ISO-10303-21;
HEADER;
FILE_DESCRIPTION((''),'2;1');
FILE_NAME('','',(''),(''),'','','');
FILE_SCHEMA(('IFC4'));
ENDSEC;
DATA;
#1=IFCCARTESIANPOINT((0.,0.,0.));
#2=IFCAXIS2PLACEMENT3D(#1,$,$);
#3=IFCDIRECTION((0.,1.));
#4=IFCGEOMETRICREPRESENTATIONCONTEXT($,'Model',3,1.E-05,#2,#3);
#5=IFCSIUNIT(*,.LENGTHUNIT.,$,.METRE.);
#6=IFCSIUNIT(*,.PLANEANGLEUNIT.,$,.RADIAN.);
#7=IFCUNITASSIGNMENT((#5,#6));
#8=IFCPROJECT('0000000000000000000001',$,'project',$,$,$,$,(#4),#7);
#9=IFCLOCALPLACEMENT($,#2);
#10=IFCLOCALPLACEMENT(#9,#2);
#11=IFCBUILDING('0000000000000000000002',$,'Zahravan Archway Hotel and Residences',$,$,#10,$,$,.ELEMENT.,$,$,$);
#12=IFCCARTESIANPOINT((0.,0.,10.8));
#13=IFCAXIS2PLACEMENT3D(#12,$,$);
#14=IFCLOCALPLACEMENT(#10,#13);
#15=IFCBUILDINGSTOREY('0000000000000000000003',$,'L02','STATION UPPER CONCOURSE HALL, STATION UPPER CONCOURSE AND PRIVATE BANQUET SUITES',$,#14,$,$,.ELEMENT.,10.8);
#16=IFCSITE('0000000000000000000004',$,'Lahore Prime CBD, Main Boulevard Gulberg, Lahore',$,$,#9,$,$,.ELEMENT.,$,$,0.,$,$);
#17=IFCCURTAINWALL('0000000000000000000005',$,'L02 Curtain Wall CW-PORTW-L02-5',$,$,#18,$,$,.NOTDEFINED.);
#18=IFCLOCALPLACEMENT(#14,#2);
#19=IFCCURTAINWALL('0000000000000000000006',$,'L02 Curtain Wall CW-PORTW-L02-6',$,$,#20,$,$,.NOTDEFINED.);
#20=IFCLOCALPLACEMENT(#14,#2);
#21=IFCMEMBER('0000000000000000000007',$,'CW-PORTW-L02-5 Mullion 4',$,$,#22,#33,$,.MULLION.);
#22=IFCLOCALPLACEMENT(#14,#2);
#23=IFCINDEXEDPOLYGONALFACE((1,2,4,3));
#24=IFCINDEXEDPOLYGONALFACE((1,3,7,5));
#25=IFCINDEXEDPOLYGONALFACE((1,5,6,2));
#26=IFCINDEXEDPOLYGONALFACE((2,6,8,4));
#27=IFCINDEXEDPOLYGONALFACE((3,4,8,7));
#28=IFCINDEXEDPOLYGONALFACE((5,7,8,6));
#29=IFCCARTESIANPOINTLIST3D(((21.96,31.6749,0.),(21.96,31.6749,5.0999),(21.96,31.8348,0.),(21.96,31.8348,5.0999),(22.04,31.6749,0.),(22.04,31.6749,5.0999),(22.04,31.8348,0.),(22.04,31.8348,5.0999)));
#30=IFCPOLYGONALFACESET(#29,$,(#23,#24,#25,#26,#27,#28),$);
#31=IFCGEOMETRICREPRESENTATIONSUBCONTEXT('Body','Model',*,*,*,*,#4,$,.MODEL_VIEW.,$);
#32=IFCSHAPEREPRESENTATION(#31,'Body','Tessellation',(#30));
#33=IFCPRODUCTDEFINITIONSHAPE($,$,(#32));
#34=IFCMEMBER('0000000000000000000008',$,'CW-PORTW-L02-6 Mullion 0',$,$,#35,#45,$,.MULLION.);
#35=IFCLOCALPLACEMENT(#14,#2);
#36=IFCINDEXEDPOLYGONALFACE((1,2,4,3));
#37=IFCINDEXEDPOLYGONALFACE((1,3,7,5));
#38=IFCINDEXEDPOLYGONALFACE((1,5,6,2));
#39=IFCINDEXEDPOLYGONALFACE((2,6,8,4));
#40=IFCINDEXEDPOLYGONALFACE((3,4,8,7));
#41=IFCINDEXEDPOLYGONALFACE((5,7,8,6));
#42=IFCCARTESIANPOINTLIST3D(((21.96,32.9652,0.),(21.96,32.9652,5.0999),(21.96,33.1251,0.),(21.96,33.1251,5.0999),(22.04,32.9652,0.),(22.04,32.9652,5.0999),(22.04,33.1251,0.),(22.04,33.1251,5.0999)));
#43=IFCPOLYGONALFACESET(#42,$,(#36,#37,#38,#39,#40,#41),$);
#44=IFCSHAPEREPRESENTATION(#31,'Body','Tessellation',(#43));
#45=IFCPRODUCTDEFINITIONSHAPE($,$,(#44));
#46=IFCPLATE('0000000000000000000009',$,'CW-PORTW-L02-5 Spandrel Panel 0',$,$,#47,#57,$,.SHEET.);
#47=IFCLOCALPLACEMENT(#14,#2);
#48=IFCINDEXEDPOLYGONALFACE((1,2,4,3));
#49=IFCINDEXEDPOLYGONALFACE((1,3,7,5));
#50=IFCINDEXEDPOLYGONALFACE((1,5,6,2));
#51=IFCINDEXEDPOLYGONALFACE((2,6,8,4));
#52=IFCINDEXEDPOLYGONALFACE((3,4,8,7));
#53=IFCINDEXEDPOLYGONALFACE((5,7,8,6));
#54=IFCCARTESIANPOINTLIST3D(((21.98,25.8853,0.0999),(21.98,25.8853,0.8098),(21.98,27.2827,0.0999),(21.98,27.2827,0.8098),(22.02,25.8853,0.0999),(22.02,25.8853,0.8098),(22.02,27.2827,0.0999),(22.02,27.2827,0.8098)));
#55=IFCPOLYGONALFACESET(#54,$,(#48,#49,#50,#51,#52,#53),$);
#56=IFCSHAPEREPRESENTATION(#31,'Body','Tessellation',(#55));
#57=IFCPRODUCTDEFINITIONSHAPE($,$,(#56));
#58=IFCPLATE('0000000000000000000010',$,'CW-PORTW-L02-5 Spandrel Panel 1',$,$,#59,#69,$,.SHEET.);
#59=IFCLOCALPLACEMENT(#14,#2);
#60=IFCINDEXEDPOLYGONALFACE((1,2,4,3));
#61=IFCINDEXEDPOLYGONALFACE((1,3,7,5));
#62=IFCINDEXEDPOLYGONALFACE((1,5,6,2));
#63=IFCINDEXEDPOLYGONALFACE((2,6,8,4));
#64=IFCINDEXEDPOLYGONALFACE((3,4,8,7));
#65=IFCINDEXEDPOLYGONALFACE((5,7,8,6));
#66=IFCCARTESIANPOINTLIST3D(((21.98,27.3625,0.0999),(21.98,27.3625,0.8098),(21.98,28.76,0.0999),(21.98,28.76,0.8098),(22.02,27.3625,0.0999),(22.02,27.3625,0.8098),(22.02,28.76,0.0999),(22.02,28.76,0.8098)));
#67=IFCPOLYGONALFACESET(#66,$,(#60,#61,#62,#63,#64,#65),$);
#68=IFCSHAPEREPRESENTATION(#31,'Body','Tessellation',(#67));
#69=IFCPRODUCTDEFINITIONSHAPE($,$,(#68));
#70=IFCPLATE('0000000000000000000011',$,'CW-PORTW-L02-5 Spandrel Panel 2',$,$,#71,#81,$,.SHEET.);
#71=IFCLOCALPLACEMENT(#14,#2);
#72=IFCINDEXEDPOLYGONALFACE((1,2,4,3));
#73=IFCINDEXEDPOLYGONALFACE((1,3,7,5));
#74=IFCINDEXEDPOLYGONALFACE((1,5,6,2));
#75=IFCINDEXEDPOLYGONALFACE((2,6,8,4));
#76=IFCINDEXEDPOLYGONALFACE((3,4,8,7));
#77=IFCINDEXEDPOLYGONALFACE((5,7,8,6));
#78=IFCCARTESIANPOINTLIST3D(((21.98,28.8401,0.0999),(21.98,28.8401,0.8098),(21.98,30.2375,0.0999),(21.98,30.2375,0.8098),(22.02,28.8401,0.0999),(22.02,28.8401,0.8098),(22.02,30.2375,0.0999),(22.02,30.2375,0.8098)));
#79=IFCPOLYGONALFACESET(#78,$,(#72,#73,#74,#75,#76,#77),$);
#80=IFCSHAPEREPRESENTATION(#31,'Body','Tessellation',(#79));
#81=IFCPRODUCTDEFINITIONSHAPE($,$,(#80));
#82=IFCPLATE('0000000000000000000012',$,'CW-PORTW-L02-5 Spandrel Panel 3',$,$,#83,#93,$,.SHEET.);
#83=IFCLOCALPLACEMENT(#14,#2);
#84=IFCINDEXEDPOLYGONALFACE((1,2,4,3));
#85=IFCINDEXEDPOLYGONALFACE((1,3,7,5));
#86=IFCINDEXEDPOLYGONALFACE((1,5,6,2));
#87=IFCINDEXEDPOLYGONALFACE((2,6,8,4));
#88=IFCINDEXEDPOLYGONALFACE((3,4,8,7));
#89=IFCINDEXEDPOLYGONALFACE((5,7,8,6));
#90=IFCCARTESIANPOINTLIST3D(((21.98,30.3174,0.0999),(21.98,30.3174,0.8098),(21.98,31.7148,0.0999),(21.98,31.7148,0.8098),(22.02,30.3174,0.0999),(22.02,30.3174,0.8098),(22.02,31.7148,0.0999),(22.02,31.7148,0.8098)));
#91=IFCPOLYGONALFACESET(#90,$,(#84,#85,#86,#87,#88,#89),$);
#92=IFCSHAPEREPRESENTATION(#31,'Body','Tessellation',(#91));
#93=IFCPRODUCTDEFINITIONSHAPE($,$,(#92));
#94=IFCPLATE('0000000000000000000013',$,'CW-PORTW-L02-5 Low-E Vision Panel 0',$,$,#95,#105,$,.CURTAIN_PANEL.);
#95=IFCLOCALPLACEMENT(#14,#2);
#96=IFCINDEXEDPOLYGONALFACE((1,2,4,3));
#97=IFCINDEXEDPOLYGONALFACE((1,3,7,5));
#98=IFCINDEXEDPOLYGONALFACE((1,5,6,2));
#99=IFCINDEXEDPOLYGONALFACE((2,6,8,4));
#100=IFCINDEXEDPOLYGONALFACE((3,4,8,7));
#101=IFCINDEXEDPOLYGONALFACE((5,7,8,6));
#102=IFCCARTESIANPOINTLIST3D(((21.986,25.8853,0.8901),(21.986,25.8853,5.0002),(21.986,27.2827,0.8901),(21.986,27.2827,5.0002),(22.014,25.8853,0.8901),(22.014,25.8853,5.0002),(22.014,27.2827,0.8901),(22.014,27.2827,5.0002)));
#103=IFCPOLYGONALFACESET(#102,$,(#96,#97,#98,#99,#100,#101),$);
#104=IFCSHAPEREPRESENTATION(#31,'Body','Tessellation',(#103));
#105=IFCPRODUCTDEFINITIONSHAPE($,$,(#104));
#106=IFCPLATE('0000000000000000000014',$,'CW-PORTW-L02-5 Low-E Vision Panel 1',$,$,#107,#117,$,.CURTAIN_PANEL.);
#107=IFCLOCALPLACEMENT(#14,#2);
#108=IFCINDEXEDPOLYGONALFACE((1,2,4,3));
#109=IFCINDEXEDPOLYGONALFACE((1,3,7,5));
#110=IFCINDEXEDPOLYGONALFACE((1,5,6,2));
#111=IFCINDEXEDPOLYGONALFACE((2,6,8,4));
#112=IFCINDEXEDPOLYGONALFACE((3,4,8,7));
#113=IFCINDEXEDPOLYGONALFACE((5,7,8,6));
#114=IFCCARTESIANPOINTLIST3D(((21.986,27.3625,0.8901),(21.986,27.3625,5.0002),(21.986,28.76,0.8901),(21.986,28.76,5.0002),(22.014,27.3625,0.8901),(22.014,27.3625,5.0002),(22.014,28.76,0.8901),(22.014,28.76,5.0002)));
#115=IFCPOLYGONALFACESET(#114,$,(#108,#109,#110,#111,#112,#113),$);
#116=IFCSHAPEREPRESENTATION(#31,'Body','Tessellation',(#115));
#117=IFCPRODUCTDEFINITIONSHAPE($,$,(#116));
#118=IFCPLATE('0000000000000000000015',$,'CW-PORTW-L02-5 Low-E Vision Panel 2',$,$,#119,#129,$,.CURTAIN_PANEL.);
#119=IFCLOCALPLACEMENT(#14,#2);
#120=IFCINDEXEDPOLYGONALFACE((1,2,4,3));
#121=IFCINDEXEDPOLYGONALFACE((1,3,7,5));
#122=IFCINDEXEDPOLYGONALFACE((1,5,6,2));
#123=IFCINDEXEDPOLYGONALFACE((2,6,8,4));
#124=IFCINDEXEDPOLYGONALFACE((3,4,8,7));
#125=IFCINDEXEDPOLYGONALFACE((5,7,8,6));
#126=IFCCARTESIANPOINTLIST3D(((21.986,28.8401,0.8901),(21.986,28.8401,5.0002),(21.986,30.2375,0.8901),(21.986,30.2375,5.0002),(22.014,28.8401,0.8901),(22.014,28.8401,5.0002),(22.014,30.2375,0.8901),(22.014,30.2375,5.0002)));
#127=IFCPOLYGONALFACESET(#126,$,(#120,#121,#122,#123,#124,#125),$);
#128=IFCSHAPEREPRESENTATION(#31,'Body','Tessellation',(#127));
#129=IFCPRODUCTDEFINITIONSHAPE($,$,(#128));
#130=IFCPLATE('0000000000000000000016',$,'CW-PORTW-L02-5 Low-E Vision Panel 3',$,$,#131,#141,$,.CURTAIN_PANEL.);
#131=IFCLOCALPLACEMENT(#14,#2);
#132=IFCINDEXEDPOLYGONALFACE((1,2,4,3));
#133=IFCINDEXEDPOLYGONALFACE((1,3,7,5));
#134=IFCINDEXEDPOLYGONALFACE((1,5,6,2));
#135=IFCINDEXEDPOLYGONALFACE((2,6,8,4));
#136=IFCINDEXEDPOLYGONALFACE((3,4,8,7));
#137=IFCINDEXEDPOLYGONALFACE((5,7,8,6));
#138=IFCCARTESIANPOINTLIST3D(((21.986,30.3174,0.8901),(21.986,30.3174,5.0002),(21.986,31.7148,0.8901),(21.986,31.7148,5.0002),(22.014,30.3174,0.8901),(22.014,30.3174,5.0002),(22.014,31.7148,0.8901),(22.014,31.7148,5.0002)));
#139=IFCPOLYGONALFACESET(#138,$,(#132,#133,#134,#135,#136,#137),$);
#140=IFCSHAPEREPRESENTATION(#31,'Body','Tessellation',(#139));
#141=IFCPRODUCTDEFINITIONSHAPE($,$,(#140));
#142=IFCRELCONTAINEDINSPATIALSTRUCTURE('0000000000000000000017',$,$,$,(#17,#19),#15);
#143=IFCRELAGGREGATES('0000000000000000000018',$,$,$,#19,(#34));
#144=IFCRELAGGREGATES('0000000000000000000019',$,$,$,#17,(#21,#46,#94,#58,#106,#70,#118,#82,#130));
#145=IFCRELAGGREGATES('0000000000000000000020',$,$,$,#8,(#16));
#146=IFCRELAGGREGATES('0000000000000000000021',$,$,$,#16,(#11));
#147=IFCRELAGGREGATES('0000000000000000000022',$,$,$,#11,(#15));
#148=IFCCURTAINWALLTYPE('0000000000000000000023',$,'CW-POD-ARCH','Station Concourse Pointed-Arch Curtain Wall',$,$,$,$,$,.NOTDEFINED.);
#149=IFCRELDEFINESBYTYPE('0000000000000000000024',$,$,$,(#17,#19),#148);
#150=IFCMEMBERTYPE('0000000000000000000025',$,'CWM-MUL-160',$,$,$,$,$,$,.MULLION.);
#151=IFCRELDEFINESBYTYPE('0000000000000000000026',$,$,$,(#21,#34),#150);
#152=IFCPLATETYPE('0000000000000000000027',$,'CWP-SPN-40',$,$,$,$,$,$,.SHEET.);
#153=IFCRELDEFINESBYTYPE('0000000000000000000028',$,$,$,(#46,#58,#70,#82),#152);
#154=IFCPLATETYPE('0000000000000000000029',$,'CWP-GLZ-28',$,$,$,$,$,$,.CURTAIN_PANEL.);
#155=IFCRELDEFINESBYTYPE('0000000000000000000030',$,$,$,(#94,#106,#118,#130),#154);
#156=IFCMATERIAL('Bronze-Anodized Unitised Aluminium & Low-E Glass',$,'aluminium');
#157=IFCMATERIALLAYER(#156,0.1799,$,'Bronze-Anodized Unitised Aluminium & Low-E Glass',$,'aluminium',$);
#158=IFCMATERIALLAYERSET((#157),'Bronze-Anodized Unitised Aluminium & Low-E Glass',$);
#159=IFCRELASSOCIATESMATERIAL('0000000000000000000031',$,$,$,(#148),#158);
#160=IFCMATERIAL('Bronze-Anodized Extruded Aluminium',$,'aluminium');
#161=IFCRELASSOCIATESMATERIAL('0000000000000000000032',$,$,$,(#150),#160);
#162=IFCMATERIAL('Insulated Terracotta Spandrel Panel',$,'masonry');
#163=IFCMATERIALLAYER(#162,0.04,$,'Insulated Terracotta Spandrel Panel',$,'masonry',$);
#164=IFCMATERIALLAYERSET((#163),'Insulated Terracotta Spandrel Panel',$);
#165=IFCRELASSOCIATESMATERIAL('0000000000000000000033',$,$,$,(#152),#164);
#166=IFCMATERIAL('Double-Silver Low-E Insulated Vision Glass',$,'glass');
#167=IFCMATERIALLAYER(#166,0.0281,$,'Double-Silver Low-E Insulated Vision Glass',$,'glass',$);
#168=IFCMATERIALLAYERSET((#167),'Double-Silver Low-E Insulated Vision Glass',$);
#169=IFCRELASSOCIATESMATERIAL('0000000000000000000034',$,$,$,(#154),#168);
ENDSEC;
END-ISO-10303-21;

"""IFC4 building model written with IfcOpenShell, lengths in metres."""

from ifc_helpers import new_model, si_unit, direction, frame, origin, origin_2d, place, context, subcontext, project, spatial, rectangle, extrude, source, transform, mapped, material, layer, layer_set, material_profile, profile_set, type_object, element, aggregate, save


model = new_model("IFC4")

# Units and contexts
model_context = context("Model", 3, precision=1e-05, world=origin(), true_north=direction((0.0, 1.0)))
body_context = subcontext(model_context, "Body", "Model", "MODEL_VIEW")
ifc_project = project(units=[si_unit("LENGTHUNIT", "METRE"), si_unit("PLANEANGLEUNIT", "RADIAN")], contexts=[model_context])

# Site, building, storey
site_placement = place(None, origin())
site = spatial("IfcSite", under=ifc_project, at=site_placement, Name="Lahore Prime CBD, Main Boulevard Gulberg, Lahore", CompositionType="ELEMENT", RefElevation=0.0)
building_placement = place(site_placement, origin())
building = spatial("IfcBuilding", under=site, at=building_placement, Name="Zahravan Archway Hotel and Residences", CompositionType="ELEMENT")
storey_placement = place(building_placement, frame((0.0, 0.0, 10.8)))
storey = spatial("IfcBuildingStorey", under=building, at=storey_placement, Name="L02", Description="STATION UPPER CONCOURSE HALL, STATION UPPER CONCOURSE AND PRIVATE BANQUET SUITES", CompositionType="ELEMENT", Elevation=10.8)

# Curtain walls
ifc_material_1 = material(Name="Bronze-Anodized Unitised Aluminium & Low-E Glass", Category="aluminium")
ifc_layer_1 = layer(ifc_material_1, 0.1799, Name="Bronze-Anodized Unitised Aluminium & Low-E Glass", Category="aluminium")
ifc_layer_set_1 = layer_set([ifc_layer_1], Name="Bronze-Anodized Unitised Aluminium & Low-E Glass")
curtain_wall_type = type_object("IfcCurtainWallType", Name="CW-POD-ARCH", Description="Station Concourse Pointed-Arch Curtain Wall", PredefinedType="NOTDEFINED", material=ifc_layer_set_1)
curtain_wall_1_placement = place(storey_placement, origin())
curtain_wall_1 = element("IfcCurtainWall", 1, at=curtain_wall_1_placement, inside=storey, type_object=curtain_wall_type, Name="L02 Curtain Wall CW-PORTW-L02-5", PredefinedType="NOTDEFINED")
ifc_material_2 = material(Name="Bronze-Anodized Extruded Aluminium", Category="aluminium")
curtain_wall_2_placement = place(storey_placement, origin())
curtain_wall_2 = element("IfcCurtainWall", 2, at=curtain_wall_2_placement, inside=storey, type_object=curtain_wall_type, Name="L02 Curtain Wall CW-PORTW-L02-6", PredefinedType="NOTDEFINED")

# Members
ifc_material_profile_1 = material_profile(ifc_material_2, rectangle(XDim=0.0801, YDim=0.1599, at=origin_2d()), Name="MUL 80x160", Category="aluminium")
ifc_profile_set_1 = profile_set([ifc_material_profile_1], Name="Bronze-Anodized Extruded Aluminium")
member_type_1 = type_object("IfcMemberType", Name="CWM-MUL-160", PredefinedType="MULLION", material=ifc_profile_set_1)
shared_shape_1 = source(origin(), body_context, "Body", "SweptSolid", [
    extrude(rectangle(XDim=0.0801, YDim=0.1599, at=origin_2d()), origin(), (0.0, 0.0, 1.0), 5.0999),
])
member_1_placement = place(storey_placement, frame((22.0, 31.7549, 0.0), z_axis=(0.0, 0.0, 1.0), x_axis=(1.0, 0.0, 0.0)))
member_1 = element("IfcMember", 3, at=member_1_placement, type_object=member_type_1, Name="CW-PORTW-L02-5 Mullion 4", PredefinedType="MULLION", context=body_context, shape_type="MappedRepresentation", body=[
    mapped(shared_shape_1, transform((0.0, 0.0, 0.0), scale=1.0)),
])
member_2_placement = place(storey_placement, frame((22.0, 33.0452, 0.0), z_axis=(0.0, 0.0, 1.0), x_axis=(1.0, 0.0, 0.0)))
member_2 = element("IfcMember", 4, at=member_2_placement, type_object=member_type_1, Name="CW-PORTW-L02-6 Mullion 0", PredefinedType="MULLION", context=body_context, shape_type="MappedRepresentation", body=[
    mapped(shared_shape_1, transform((0.0, 0.0, 0.0), scale=1.0)),
])
aggregate(curtain_wall_2, [member_2])

# Plates
ifc_material_3 = material(Name="Insulated Terracotta Spandrel Panel", Category="masonry")
ifc_layer_2 = layer(ifc_material_3, 0.04, Name="Insulated Terracotta Spandrel Panel", Category="masonry")
ifc_layer_set_2 = layer_set([ifc_layer_2], Name="Insulated Terracotta Spandrel Panel")
plate_type_1 = type_object("IfcPlateType", Name="CWP-SPN-40", PredefinedType="SHEET", material=ifc_layer_set_2)
shared_shape_2 = source(origin(), body_context, "Body", "SweptSolid", [
    extrude(rectangle(XDim=1.3975, YDim=0.04, at=origin_2d()), origin(), (0.0, 0.0, 1.0), 0.71),
])
plate_1_placement = place(storey_placement, frame((22.0, 26.584, 0.0999), z_axis=(0.0, 0.0, 1.0), x_axis=(0.0, 1.0, 0.0)))
plate_1 = element("IfcPlate", 5, at=plate_1_placement, type_object=plate_type_1, Name="CW-PORTW-L02-5 Spandrel Panel 0", PredefinedType="SHEET", context=body_context, shape_type="MappedRepresentation", body=[
    mapped(shared_shape_2, transform((0.0, 0.0, 0.0), scale=1.0)),
])
plate_2_placement = place(storey_placement, frame((22.0, 28.0613, 0.0999), z_axis=(0.0, 0.0, 1.0), x_axis=(0.0, 1.0, 0.0)))
plate_2 = element("IfcPlate", 6, at=plate_2_placement, type_object=plate_type_1, Name="CW-PORTW-L02-5 Spandrel Panel 1", PredefinedType="SHEET", context=body_context, shape_type="MappedRepresentation", body=[
    mapped(shared_shape_2, transform((0.0, 0.0, 0.0), scale=1.0)),
])
plate_3_placement = place(storey_placement, frame((22.0, 29.5388, 0.0999), z_axis=(0.0, 0.0, 1.0), x_axis=(0.0, 1.0, 0.0)))
plate_3 = element("IfcPlate", 7, at=plate_3_placement, type_object=plate_type_1, Name="CW-PORTW-L02-5 Spandrel Panel 2", PredefinedType="SHEET", context=body_context, shape_type="MappedRepresentation", body=[
    mapped(shared_shape_2, transform((0.0, 0.0, 0.0), scale=1.0)),
])
plate_4_placement = place(storey_placement, frame((22.0, 31.0161, 0.0999), z_axis=(0.0, 0.0, 1.0), x_axis=(0.0, 1.0, 0.0)))
plate_4 = element("IfcPlate", 8, at=plate_4_placement, type_object=plate_type_1, Name="CW-PORTW-L02-5 Spandrel Panel 3", PredefinedType="SHEET", context=body_context, shape_type="MappedRepresentation", body=[
    mapped(shared_shape_2, transform((0.0, 0.0, 0.0), scale=1.0)),
])
ifc_material_4 = material(Name="Double-Silver Low-E Insulated Vision Glass", Category="glass")
ifc_layer_3 = layer(ifc_material_4, 0.0281, Name="Double-Silver Low-E Insulated Vision Glass", Category="glass")
ifc_layer_set_3 = layer_set([ifc_layer_3], Name="Double-Silver Low-E Insulated Vision Glass")
plate_type_2 = type_object("IfcPlateType", Name="CWP-GLZ-28", PredefinedType="CURTAIN_PANEL", material=ifc_layer_set_3)
shared_shape_3 = source(origin(), body_context, "Body", "SweptSolid", [
    extrude(rectangle(XDim=1.3975, YDim=0.0281, at=origin_2d()), origin(), (0.0, 0.0, 1.0), 4.1101),
])
plate_5_placement = place(storey_placement, frame((22.0, 26.584, 0.8901), z_axis=(0.0, 0.0, 1.0), x_axis=(0.0, 1.0, 0.0)))
plate_5 = element("IfcPlate", 9, at=plate_5_placement, type_object=plate_type_2, Name="CW-PORTW-L02-5 Low-E Vision Panel 0", PredefinedType="CURTAIN_PANEL", context=body_context, shape_type="MappedRepresentation", body=[
    mapped(shared_shape_3, transform((0.0, 0.0, 0.0), scale=1.0)),
])
plate_6_placement = place(storey_placement, frame((22.0, 28.0613, 0.8901), z_axis=(0.0, 0.0, 1.0), x_axis=(0.0, 1.0, 0.0)))
plate_6 = element("IfcPlate", 10, at=plate_6_placement, type_object=plate_type_2, Name="CW-PORTW-L02-5 Low-E Vision Panel 1", PredefinedType="CURTAIN_PANEL", context=body_context, shape_type="MappedRepresentation", body=[
    mapped(shared_shape_3, transform((0.0, 0.0, 0.0), scale=1.0)),
])
plate_7_placement = place(storey_placement, frame((22.0, 29.5388, 0.8901), z_axis=(0.0, 0.0, 1.0), x_axis=(0.0, 1.0, 0.0)))
plate_7 = element("IfcPlate", 11, at=plate_7_placement, type_object=plate_type_2, Name="CW-PORTW-L02-5 Low-E Vision Panel 2", PredefinedType="CURTAIN_PANEL", context=body_context, shape_type="MappedRepresentation", body=[
    mapped(shared_shape_3, transform((0.0, 0.0, 0.0), scale=1.0)),
])
plate_8_placement = place(storey_placement, frame((22.0, 31.0161, 0.8901), z_axis=(0.0, 0.0, 1.0), x_axis=(0.0, 1.0, 0.0)))
plate_8 = element("IfcPlate", 12, at=plate_8_placement, type_object=plate_type_2, Name="CW-PORTW-L02-5 Low-E Vision Panel 3", PredefinedType="CURTAIN_PANEL", context=body_context, shape_type="MappedRepresentation", body=[
    mapped(shared_shape_3, transform((0.0, 0.0, 0.0), scale=1.0)),
])
aggregate(curtain_wall_1, [member_1, plate_1, plate_5, plate_2, plate_6, plate_3, plate_7, plate_4, plate_8])

save(model, "model.ifc")
